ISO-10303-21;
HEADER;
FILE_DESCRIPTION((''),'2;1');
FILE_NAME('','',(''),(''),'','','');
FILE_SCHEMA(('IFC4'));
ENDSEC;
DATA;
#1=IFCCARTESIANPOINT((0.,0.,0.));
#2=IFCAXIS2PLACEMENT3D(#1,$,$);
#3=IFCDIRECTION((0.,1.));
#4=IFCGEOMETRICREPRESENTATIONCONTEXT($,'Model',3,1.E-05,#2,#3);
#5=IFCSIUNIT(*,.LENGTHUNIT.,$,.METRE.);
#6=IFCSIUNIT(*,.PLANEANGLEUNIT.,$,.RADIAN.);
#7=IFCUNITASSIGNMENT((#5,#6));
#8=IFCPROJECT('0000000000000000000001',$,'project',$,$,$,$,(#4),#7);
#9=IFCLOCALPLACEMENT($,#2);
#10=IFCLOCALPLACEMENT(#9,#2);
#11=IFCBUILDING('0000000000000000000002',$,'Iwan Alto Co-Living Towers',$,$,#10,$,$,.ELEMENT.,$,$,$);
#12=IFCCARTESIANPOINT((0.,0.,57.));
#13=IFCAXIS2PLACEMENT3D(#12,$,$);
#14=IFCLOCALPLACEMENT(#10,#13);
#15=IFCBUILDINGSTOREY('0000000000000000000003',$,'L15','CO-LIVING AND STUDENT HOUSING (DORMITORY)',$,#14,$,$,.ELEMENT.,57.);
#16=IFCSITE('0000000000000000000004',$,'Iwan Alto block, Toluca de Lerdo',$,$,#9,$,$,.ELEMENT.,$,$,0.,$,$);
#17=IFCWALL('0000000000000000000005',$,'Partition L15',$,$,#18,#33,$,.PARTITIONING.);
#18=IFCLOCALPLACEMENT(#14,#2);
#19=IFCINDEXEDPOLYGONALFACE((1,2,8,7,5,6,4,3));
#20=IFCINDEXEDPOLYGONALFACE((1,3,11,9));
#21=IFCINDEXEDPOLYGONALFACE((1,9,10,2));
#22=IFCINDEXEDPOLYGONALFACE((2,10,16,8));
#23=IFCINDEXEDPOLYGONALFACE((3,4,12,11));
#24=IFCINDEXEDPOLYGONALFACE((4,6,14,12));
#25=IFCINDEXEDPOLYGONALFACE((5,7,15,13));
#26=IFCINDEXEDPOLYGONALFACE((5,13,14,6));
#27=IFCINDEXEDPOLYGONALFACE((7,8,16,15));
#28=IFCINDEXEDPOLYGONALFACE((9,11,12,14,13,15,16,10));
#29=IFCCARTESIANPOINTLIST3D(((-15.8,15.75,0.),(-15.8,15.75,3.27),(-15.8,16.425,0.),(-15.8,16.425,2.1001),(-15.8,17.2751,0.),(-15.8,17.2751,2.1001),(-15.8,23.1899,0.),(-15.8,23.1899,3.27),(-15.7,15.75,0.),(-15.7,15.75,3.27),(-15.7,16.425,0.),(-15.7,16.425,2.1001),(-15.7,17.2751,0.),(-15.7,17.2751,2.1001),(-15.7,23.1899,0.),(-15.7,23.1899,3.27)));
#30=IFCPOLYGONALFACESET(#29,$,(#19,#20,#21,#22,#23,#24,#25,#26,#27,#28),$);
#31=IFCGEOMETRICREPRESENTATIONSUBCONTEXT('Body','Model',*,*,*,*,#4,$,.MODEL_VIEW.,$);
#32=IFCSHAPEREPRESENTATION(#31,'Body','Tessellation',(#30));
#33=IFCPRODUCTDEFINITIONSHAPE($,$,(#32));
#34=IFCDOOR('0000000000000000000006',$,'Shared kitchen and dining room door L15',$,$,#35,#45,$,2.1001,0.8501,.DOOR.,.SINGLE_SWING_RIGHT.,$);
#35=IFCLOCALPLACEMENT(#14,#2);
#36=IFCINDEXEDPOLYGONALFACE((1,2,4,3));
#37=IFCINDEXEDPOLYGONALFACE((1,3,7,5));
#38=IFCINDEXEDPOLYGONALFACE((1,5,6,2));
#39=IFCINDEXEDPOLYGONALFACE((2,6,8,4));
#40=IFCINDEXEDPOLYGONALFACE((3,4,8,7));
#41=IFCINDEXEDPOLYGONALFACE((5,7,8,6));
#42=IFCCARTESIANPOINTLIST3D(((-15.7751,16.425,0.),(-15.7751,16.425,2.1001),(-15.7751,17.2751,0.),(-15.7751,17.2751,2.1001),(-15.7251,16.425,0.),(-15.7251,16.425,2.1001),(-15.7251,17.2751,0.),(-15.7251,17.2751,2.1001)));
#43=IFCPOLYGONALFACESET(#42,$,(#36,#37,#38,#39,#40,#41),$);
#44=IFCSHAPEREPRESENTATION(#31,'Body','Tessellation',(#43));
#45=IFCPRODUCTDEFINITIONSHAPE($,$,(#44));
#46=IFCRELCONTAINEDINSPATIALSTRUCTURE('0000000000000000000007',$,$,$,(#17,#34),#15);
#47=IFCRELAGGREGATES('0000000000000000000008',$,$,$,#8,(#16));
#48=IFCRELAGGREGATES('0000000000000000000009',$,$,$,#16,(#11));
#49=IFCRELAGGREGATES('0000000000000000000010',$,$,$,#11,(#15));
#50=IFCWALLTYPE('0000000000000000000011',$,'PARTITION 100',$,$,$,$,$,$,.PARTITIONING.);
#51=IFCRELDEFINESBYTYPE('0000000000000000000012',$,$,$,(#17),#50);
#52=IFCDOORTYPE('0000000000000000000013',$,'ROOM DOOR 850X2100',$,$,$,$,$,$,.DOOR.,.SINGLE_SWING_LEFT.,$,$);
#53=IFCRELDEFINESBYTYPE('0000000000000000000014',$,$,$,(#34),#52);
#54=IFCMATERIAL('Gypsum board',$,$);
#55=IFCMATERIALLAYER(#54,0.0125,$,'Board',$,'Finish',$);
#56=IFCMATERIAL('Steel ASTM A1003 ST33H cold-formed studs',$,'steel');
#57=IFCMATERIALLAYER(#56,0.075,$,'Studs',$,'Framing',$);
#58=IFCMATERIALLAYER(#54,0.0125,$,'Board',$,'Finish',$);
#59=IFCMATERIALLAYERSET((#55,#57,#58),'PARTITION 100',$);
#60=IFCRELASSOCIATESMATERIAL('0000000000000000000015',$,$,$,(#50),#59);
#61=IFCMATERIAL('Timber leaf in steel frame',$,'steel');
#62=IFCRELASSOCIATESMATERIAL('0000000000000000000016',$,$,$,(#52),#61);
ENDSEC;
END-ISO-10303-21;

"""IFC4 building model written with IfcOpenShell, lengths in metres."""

from ifc_helpers import new_model, si_unit, direction, frame, frame_2d, origin, place, context, subcontext, project, spatial, rectangle, extrude, material, layer, layer_set, type_object, element, fill, save


model = new_model("IFC4")

# Units and contexts
model_context = context("Model", 3, precision=1e-05, world=origin(), true_north=direction((0.0, 1.0)))
body_context = subcontext(model_context, "Body", "Model", "MODEL_VIEW")
ifc_project = project(units=[si_unit("LENGTHUNIT", "METRE"), si_unit("PLANEANGLEUNIT", "RADIAN")], contexts=[model_context])

# Site, building, storey
site_placement = place(None, origin())
site = spatial("IfcSite", under=ifc_project, at=site_placement, Name="Iwan Alto block, Toluca de Lerdo", CompositionType="ELEMENT", RefElevation=0.0)
building_placement = place(site_placement, origin())
building = spatial("IfcBuilding", under=site, at=building_placement, Name="Iwan Alto Co-Living Towers", CompositionType="ELEMENT")
storey_placement = place(building_placement, frame((0.0, 0.0, 57.0)))
storey = spatial("IfcBuildingStorey", under=building, at=storey_placement, Name="L15", Description="CO-LIVING AND STUDENT HOUSING (DORMITORY)", CompositionType="ELEMENT", Elevation=57.0)

# Wall, opening, door
ifc_material_1 = material(Name="Gypsum board")
ifc_layer_1 = layer(ifc_material_1, 0.0125, Name="Board", Category="Finish")
ifc_material_2 = material(Name="Steel ASTM A1003 ST33H cold-formed studs", Category="steel")
ifc_layer_2 = layer(ifc_material_2, 0.075, Name="Studs", Category="Framing")
ifc_layer_3 = layer(ifc_material_1, 0.0125, Name="Board", Category="Finish")
ifc_layer_set_1 = layer_set([ifc_layer_1, ifc_layer_2, ifc_layer_3], Name="PARTITION 100")
wall_type = type_object("IfcWallType", Name="PARTITION 100", PredefinedType="PARTITIONING", material=ifc_layer_set_1)
wall_placement = place(storey_placement, frame((-15.75, 15.75, 0.0), z_axis=(0.0, 0.0, 1.0), x_axis=(0.0, 1.0, 0.0)))
wall = element("IfcWall", 1, at=wall_placement, inside=storey, type_object=wall_type, Name="Partition L15", PredefinedType="PARTITIONING", context=body_context, shape_type="SweptSolid", body=[
    extrude(rectangle(XDim=7.4399, YDim=0.1001, at=frame_2d((3.72, 0.0))), origin(), (0.0, 0.0, 1.0), 3.27),
])
opening_placement = place(wall_placement, frame((0.675, 0.0, 0.0)))
opening = element("IfcOpeningElement", 2, at=opening_placement, cuts=wall, PredefinedType="OPENING", context=body_context, shape_type="SweptSolid", body=[
    extrude(rectangle(XDim=0.8501, YDim=2.1001, at=frame_2d((0.425, 1.05))), frame((0.0, 0.0601, 0.0), z_axis=(0.0, -1.0, 0.0), x_axis=(1.0, 0.0, 0.0)), (0.0, 0.0, 1.0), 0.1201),
])
ifc_material_3 = material(Name="Timber leaf in steel frame", Category="steel")
door_type = type_object("IfcDoorType", Name="ROOM DOOR 850X2100", OperationType="SINGLE_SWING_LEFT", PredefinedType="DOOR", material=ifc_material_3)
door_placement = place(opening_placement, frame((0.8501, 0.0, 0.0), z_axis=(0.0, 0.0, 1.0), x_axis=(-1.0, 0.0, 0.0)))
door = element("IfcDoor", 3, at=door_placement, inside=storey, type_object=door_type, Name="Shared kitchen and dining room door L15", OperationType="SINGLE_SWING_RIGHT", OverallHeight=2.1001, OverallWidth=0.8501, PredefinedType="DOOR", context=body_context, shape_type="SweptSolid", body=[
    extrude(rectangle(XDim=0.8501, YDim=2.1001, at=frame_2d((0.425, 1.05))), frame((0.0, 0.0249, 0.0), z_axis=(0.0, -1.0, 0.0), x_axis=(1.0, 0.0, 0.0)), (0.0, 0.0, 1.0), 0.05),
])
fill(opening, door)

save(model, "model.ifc")
